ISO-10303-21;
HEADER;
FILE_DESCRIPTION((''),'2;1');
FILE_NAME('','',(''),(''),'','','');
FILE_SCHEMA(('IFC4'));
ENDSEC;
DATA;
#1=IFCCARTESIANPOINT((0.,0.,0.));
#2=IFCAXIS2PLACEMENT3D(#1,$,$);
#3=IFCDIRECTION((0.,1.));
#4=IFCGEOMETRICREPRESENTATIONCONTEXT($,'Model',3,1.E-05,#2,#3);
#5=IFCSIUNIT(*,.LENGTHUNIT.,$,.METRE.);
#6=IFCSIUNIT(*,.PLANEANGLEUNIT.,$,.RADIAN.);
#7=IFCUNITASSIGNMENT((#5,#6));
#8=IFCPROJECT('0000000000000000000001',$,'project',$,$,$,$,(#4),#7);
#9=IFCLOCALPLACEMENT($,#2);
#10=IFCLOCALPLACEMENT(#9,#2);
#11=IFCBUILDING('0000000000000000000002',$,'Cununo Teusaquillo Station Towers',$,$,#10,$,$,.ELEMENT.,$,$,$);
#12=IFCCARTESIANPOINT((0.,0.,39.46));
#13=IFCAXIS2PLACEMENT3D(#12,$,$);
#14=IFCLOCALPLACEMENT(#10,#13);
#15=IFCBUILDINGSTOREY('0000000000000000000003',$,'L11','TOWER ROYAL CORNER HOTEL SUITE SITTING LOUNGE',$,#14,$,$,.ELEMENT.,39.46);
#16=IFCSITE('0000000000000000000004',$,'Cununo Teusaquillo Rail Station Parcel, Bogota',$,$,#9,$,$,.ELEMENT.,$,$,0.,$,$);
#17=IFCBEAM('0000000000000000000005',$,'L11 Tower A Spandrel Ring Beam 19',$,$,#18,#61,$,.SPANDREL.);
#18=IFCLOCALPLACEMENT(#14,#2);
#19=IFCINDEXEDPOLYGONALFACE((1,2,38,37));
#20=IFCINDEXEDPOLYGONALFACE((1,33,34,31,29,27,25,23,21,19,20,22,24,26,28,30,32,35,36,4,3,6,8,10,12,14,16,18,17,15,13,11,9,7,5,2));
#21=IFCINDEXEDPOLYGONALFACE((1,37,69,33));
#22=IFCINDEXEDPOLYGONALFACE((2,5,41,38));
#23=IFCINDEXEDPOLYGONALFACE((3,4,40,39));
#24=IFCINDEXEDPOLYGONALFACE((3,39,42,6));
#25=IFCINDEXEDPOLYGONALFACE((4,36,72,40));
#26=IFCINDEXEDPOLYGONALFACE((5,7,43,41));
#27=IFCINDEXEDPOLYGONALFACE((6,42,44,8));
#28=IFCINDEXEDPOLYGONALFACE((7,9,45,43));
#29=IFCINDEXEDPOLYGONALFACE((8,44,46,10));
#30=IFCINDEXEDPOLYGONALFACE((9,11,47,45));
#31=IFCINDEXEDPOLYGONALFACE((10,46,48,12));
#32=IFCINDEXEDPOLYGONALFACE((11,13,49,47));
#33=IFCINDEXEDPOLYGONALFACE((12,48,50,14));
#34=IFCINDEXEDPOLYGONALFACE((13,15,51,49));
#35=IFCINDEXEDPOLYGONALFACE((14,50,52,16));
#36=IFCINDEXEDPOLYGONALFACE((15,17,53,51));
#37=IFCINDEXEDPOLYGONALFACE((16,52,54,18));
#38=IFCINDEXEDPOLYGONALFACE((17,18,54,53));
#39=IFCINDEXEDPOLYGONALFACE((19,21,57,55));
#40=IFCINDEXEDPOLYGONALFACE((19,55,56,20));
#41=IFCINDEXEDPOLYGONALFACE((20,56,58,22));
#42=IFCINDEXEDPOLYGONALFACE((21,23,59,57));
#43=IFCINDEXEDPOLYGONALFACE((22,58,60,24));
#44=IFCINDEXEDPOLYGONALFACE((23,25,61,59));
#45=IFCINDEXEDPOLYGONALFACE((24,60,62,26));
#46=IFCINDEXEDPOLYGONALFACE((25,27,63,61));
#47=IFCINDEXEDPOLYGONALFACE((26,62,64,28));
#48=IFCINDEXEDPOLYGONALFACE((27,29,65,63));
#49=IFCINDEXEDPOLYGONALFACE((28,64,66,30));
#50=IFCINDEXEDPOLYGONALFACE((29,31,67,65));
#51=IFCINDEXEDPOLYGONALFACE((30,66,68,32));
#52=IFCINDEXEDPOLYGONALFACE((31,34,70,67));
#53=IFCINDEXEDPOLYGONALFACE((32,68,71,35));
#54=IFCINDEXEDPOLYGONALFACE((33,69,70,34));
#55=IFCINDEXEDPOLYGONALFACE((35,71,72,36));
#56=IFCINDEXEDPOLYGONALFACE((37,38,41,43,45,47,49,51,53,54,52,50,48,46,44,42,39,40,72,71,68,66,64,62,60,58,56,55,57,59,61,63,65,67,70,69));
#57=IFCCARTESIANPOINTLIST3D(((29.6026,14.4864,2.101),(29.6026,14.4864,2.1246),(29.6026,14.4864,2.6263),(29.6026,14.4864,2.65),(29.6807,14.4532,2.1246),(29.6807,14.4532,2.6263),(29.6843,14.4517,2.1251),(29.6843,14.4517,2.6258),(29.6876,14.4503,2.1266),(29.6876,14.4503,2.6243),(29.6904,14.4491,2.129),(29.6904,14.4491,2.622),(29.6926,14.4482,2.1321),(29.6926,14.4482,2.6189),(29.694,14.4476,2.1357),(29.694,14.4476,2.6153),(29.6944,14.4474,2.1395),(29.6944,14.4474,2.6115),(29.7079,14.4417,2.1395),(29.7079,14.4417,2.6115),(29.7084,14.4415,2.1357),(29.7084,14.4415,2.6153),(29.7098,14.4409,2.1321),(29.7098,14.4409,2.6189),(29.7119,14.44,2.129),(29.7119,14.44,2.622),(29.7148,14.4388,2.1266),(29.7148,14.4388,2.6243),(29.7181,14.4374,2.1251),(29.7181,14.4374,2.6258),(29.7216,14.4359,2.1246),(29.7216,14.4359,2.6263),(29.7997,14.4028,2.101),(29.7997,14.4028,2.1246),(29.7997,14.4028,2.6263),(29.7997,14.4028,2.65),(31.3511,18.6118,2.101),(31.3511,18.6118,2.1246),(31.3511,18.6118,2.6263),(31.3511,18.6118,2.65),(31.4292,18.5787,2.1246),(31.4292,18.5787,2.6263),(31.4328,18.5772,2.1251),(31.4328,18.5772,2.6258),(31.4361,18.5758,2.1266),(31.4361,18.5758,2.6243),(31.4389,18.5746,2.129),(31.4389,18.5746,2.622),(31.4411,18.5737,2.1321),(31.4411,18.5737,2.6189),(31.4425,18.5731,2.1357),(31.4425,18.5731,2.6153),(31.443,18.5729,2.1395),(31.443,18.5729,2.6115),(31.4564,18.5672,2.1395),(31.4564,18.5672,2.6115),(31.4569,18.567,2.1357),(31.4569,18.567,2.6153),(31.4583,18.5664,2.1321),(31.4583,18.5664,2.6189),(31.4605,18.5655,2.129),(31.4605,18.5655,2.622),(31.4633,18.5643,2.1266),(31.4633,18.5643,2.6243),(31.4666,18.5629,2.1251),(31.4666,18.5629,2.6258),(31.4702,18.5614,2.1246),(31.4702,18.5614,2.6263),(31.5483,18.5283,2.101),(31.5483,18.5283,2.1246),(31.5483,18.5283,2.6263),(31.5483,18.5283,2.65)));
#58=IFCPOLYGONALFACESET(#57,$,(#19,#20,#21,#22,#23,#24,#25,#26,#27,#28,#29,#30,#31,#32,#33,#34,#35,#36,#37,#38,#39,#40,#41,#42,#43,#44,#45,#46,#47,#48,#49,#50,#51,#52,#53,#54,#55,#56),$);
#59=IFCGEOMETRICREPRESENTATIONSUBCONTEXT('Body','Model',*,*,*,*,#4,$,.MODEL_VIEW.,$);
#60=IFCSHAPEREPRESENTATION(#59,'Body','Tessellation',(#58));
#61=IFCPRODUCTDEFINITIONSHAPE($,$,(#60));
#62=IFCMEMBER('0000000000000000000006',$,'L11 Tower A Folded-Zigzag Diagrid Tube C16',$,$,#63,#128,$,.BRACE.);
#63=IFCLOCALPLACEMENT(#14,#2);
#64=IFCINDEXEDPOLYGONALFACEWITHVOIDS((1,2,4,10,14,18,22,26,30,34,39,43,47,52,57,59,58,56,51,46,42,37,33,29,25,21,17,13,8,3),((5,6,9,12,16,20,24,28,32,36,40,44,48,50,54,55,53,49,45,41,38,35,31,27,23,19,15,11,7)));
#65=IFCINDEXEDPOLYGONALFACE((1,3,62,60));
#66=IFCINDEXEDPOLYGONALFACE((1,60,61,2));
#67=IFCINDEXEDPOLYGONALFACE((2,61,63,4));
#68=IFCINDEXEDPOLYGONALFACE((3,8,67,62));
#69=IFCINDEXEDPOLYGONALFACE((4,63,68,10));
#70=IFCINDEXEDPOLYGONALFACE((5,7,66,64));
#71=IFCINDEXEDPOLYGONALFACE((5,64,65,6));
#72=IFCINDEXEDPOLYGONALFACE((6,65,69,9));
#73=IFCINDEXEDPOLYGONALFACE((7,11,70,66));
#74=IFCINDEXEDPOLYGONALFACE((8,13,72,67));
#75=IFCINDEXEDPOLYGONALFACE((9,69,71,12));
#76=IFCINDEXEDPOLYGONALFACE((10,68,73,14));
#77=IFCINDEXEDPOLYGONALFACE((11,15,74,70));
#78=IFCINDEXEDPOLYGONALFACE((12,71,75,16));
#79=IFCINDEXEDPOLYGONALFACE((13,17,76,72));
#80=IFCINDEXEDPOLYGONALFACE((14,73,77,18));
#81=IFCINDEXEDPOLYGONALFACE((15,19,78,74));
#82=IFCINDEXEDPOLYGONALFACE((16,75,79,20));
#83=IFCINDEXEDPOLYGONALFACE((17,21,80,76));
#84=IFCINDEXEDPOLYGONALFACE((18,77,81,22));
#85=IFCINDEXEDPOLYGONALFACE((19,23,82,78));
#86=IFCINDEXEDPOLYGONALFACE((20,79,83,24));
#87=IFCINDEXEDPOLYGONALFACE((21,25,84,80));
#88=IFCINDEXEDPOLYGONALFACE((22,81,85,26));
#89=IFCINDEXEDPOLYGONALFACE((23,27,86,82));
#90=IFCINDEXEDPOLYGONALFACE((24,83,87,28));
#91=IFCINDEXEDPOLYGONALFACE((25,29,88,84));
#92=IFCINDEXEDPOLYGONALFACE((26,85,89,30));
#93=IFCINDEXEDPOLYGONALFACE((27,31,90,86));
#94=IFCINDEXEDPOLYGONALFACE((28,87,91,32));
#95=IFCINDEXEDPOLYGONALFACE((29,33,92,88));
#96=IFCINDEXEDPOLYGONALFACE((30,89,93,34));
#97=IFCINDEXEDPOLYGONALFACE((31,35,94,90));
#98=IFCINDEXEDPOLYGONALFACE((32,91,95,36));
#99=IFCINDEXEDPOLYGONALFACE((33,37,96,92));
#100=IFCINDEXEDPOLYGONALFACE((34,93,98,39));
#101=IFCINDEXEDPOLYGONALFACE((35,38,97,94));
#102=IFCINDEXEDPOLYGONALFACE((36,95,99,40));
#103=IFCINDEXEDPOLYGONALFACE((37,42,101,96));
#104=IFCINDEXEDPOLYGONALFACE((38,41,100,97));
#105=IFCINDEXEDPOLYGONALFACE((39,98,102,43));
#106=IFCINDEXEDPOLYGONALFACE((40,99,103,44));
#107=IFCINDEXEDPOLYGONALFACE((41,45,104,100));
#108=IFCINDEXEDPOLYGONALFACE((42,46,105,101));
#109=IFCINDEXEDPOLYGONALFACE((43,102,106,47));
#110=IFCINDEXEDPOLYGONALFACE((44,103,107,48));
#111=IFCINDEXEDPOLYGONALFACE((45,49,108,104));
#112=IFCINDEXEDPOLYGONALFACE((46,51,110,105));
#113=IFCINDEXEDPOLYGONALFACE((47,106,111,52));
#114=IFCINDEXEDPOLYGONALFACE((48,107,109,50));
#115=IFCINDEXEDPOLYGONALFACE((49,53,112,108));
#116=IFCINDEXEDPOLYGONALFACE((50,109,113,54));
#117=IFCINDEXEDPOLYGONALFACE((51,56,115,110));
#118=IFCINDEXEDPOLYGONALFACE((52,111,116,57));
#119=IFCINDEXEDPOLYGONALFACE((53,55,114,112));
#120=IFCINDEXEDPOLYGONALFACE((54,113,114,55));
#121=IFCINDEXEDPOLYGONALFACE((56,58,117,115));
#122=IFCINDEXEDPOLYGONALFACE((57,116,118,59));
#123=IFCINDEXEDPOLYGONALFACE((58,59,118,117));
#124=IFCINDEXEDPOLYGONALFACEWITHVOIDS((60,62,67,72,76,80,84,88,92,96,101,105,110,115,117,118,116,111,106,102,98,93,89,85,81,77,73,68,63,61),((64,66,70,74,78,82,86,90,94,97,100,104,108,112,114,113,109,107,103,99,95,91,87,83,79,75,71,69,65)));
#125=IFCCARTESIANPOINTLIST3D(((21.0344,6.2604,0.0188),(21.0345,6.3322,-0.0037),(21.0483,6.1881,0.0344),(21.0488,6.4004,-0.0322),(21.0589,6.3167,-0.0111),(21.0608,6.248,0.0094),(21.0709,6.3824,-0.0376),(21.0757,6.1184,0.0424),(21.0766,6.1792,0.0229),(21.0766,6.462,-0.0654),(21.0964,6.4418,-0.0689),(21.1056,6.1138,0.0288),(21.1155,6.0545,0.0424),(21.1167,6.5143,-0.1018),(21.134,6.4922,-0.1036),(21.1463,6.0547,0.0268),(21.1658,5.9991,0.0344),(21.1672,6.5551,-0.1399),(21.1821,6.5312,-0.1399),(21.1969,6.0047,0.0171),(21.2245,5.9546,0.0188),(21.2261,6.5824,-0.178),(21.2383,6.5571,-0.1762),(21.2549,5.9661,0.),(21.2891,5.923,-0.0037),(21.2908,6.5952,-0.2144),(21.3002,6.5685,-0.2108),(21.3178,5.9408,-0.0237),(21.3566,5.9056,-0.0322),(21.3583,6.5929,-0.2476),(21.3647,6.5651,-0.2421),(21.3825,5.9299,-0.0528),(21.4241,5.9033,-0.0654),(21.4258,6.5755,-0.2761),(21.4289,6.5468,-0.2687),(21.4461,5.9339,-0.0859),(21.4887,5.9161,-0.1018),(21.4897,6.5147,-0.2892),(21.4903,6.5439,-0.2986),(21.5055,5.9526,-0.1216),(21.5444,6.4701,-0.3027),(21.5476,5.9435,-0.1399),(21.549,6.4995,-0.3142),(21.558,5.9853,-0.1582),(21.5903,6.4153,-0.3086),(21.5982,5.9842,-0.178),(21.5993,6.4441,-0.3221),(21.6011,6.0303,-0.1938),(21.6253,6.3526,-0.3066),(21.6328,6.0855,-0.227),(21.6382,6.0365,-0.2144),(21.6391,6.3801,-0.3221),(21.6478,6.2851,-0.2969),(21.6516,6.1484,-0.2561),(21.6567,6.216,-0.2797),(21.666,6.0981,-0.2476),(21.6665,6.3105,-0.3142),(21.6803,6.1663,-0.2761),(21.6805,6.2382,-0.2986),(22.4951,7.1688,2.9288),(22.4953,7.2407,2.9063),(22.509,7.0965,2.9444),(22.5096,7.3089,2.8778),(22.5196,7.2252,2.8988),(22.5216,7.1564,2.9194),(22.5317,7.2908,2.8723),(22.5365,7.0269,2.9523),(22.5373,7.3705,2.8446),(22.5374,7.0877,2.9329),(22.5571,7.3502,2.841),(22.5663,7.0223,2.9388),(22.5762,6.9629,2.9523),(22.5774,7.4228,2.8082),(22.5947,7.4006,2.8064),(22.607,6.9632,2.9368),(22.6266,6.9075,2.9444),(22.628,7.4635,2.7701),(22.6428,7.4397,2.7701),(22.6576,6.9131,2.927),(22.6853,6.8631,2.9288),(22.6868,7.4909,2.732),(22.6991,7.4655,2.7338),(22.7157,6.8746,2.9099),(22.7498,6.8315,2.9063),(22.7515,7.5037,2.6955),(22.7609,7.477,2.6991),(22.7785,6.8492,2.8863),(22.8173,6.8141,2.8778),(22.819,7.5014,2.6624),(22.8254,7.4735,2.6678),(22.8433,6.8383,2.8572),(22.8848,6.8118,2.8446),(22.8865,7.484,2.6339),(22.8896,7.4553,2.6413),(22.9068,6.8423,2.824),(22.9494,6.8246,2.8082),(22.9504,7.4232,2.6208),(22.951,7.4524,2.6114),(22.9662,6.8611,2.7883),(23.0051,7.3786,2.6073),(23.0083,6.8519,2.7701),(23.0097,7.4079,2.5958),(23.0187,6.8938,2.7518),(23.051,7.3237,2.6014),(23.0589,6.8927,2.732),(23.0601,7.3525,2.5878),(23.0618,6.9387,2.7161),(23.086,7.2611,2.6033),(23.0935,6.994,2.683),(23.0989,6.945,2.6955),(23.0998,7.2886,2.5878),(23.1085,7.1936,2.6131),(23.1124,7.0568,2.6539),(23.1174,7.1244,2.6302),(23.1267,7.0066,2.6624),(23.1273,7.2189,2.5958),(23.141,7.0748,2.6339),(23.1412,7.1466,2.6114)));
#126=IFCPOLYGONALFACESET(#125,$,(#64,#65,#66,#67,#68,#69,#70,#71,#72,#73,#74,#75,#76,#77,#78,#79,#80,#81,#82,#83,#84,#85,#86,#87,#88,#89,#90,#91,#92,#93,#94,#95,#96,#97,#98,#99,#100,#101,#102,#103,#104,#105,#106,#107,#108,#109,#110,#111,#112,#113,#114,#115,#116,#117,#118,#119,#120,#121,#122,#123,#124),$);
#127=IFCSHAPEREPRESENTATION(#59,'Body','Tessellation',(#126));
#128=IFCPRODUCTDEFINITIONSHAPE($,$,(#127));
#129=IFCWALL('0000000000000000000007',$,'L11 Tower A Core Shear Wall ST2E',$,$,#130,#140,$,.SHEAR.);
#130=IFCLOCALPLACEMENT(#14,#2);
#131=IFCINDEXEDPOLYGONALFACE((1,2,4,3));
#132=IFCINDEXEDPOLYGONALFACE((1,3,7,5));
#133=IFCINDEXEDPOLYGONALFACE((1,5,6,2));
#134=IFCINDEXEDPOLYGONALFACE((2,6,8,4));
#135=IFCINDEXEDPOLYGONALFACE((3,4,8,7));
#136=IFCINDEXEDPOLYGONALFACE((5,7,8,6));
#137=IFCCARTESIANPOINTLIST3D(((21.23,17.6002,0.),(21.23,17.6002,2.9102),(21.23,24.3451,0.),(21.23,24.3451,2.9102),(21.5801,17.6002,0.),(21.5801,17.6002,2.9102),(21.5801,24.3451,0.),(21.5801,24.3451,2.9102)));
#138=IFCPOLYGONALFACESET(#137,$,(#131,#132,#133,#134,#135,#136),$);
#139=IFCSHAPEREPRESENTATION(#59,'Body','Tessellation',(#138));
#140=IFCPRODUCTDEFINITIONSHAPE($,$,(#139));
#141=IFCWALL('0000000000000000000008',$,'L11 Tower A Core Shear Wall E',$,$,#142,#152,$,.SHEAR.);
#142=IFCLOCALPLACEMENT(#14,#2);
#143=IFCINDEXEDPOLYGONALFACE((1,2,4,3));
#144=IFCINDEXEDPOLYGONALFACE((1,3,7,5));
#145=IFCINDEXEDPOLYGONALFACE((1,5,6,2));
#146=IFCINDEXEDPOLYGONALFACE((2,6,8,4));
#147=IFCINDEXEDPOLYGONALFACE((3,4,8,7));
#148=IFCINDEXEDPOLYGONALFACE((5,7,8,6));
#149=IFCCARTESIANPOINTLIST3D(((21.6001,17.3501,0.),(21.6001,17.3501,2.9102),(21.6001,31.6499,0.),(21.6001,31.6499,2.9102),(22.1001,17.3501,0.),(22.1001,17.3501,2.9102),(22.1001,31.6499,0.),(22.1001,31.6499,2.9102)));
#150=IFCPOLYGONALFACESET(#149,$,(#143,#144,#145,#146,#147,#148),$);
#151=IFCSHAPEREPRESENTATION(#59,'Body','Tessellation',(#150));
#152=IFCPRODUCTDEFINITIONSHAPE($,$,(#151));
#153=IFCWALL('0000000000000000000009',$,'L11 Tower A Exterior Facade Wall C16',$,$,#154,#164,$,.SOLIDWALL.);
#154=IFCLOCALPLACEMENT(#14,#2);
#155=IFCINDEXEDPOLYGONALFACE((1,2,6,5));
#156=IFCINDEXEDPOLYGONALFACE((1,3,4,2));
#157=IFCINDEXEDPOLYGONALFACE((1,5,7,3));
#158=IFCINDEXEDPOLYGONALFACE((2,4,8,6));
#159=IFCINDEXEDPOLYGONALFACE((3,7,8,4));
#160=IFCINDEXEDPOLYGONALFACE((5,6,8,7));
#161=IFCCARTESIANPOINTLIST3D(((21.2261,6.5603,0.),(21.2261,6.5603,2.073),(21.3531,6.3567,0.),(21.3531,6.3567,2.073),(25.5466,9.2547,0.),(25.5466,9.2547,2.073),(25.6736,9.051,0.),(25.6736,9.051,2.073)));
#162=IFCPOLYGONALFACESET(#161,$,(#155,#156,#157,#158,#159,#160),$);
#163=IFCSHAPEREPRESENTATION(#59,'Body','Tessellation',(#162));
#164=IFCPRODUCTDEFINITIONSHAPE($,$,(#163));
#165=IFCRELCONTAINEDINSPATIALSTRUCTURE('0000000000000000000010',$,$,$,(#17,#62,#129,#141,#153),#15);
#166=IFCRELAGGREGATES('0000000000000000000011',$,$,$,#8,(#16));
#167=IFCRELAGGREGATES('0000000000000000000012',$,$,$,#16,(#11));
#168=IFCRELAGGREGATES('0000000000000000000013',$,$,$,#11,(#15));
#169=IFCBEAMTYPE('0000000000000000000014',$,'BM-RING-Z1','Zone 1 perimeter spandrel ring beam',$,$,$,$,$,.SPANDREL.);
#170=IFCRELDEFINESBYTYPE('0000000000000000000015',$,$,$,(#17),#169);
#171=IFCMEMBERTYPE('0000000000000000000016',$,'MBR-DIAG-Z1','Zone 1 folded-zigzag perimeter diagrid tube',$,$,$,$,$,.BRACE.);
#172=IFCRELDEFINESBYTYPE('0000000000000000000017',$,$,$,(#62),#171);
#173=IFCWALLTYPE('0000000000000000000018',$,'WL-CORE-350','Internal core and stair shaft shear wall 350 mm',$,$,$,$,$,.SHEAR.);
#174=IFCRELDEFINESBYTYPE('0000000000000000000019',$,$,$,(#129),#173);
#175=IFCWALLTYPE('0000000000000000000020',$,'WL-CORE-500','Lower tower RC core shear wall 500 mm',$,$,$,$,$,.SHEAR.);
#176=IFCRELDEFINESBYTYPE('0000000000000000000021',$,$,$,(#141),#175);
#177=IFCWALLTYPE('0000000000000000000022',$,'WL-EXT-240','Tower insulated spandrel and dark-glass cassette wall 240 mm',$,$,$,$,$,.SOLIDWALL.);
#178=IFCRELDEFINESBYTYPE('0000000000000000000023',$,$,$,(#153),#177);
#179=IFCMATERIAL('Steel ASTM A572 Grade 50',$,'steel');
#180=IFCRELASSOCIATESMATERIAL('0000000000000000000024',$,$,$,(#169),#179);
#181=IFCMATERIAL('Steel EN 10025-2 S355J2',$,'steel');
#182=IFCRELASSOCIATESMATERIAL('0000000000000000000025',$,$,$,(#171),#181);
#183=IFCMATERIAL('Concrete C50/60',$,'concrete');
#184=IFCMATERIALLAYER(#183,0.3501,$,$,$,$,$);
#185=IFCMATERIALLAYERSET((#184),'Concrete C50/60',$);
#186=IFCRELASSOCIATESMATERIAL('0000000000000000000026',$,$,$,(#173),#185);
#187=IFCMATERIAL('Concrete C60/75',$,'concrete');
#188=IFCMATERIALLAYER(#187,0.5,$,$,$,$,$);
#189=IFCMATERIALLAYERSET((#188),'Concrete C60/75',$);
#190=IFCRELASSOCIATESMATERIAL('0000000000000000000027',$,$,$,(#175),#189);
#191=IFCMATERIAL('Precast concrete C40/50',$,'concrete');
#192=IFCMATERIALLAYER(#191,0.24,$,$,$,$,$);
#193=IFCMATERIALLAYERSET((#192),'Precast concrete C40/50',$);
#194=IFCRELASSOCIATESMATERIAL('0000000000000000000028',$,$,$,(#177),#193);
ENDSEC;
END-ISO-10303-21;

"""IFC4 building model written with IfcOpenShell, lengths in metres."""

from ifc_helpers import new_model, si_unit, direction, frame, frame_2d, origin, origin_2d, place, context, subcontext, project, spatial, rectangle, hollow_circle, i_section, extrude, material, layer, layer_set, material_profile, profile_set, type_object, element, save


model = new_model("IFC4")

# Units and contexts
model_context = context("Model", 3, precision=1e-05, world=origin(), true_north=direction((0.0, 1.0)))
body_context = subcontext(model_context, "Body", "Model", "MODEL_VIEW")
ifc_project = project(units=[si_unit("LENGTHUNIT", "METRE"), si_unit("PLANEANGLEUNIT", "RADIAN")], contexts=[model_context])

# Site, building, storey
site_placement = place(None, origin())
site = spatial("IfcSite", under=ifc_project, at=site_placement, Name="Cununo Teusaquillo Rail Station Parcel, Bogota", CompositionType="ELEMENT", RefElevation=0.0)
building_placement = place(site_placement, origin())
building = spatial("IfcBuilding", under=site, at=building_placement, Name="Cununo Teusaquillo Station Towers", CompositionType="ELEMENT")
storey_placement = place(building_placement, frame((0.0, 0.0, 39.46)))
storey = spatial("IfcBuildingStorey", under=building, at=storey_placement, Name="L11", Description="TOWER ROYAL CORNER HOTEL SUITE SITTING LOUNGE", CompositionType="ELEMENT", Elevation=39.46)

# Beam
ifc_material_1 = material(Name="Steel ASTM A572 Grade 50", Category="steel")
ifc_material_profile_1 = material_profile(ifc_material_1, i_section(OverallWidth=0.2141, OverallDepth=0.5491, WebThickness=0.0146, FlangeThickness=0.0237, FilletRadius=0.0149, at=origin_2d()), Name="W21X93")
ifc_profile_set_1 = profile_set([ifc_material_profile_1], Name="Steel ASTM A572 Grade 50")
beam_type = type_object("IfcBeamType", Name="BM-RING-Z1", Description="Zone 1 perimeter spandrel ring beam", PredefinedType="SPANDREL", material=ifc_profile_set_1)
beam_1_placement = place(storey_placement, frame((29.7012, 14.4446, 2.3755), z_axis=(0.390234, 0.920716, 0.0), x_axis=(-0.920716, 0.390234, 0.0)))
element("IfcBeam", 1, at=beam_1_placement, inside=storey, type_object=beam_type, Name="L11 Tower A Spandrel Ring Beam 19", PredefinedType="SPANDREL", context=body_context, shape_type="SweptSolid", body=[
    extrude(i_section(OverallWidth=0.2141, OverallDepth=0.5491, WebThickness=0.0146, FlangeThickness=0.0237, FilletRadius=0.0149, at=origin_2d()), origin(), (0.0, 0.0, 1.0), 4.4807),
])

# Member
ifc_material_2 = material(Name="Steel EN 10025-2 S355J2", Category="steel")
ifc_material_profile_2 = material_profile(ifc_material_2, hollow_circle(Radius=0.3601, WallThickness=0.0281, at=origin_2d()), Name="CHS 720x28")
ifc_profile_set_2 = profile_set([ifc_material_profile_2], Name="Steel EN 10025-2 S355J2")
member_type = type_object("IfcMemberType", Name="MBR-DIAG-Z1", Description="Zone 1 folded-zigzag perimeter diagrid tube", PredefinedType="BRACE", material=ifc_profile_set_2)
member_placement = place(storey_placement, frame((21.3574, 6.2493, -0.1399), z_axis=(0.432118, 0.268747, 0.860842), x_axis=(-0.528122, 0.849168, 0.0)))
element("IfcMember", 2, at=member_placement, inside=storey, type_object=member_type, Name="L11 Tower A Folded-Zigzag Diagrid Tube C16", PredefinedType="BRACE", context=body_context, shape_type="SweptSolid", body=[
    extrude(hollow_circle(Radius=0.3601, WallThickness=0.0281, at=origin_2d()), origin(), (0.0, 0.0, 1.0), 3.3804),
])

# Walls
ifc_material_3 = material(Name="Concrete C50/60", Category="concrete")
ifc_layer_1 = layer(ifc_material_3, 0.3501)
ifc_layer_set_1 = layer_set([ifc_layer_1], Name="Concrete C50/60")
wall_type_1 = type_object("IfcWallType", Name="WL-CORE-350", Description="Internal core and stair shaft shear wall 350 mm", PredefinedType="SHEAR", material=ifc_layer_set_1)
wall_1_placement = place(storey_placement, frame((21.405, 17.6001, 0.0), z_axis=(0.0, 0.0, 1.0), x_axis=(0.0, 1.0, 0.0)))
element("IfcWall", 3, at=wall_1_placement, inside=storey, type_object=wall_type_1, Name="L11 Tower A Core Shear Wall ST2E", PredefinedType="SHEAR", context=body_context, shape_type="SweptSolid", body=[
    extrude(rectangle(XDim=6.7449, YDim=0.3501, at=frame_2d((3.3726, 0.0))), origin(), (0.0, 0.0, 1.0), 2.9102),
])
ifc_material_4 = material(Name="Concrete C60/75", Category="concrete")
ifc_layer_2 = layer(ifc_material_4, 0.5)
ifc_layer_set_2 = layer_set([ifc_layer_2], Name="Concrete C60/75")
wall_type_2 = type_object("IfcWallType", Name="WL-CORE-500", Description="Lower tower RC core shear wall 500 mm", PredefinedType="SHEAR", material=ifc_layer_set_2)
wall_2_placement = place(storey_placement, frame((21.8501, 17.3501, 0.0), z_axis=(0.0, 0.0, 1.0), x_axis=(0.0, 1.0, 0.0)))
element("IfcWall", 4, at=wall_2_placement, inside=storey, type_object=wall_type_2, Name="L11 Tower A Core Shear Wall E", PredefinedType="SHEAR", context=body_context, shape_type="SweptSolid", body=[
    extrude(rectangle(XDim=14.2998, YDim=0.5, at=frame_2d((7.1499, 0.0))), origin(), (0.0, 0.0, 1.0), 2.9102),
])
ifc_material_5 = material(Name="Precast concrete C40/50", Category="concrete")
ifc_layer_3 = layer(ifc_material_5, 0.24)
ifc_layer_set_3 = layer_set([ifc_layer_3], Name="Precast concrete C40/50")
wall_type_3 = type_object("IfcWallType", Name="WL-EXT-240", Description="Tower insulated spandrel and dark-glass cassette wall 240 mm", PredefinedType="SOLIDWALL", material=ifc_layer_set_3)
wall_3_placement = place(storey_placement, frame((25.6101, 9.1528, 0.0), z_axis=(0.0, 0.0, 1.0), x_axis=(-0.848529, -0.52915, 0.0)))
element("IfcWall", 5, at=wall_3_placement, inside=storey, type_object=wall_type_3, Name="L11 Tower A Exterior Facade Wall C16", PredefinedType="SOLIDWALL", context=body_context, shape_type="SweptSolid", body=[
    extrude(rectangle(XDim=5.0918, YDim=0.24, at=frame_2d((2.5459, 0.0))), origin(), (0.0, 0.0, 1.0), 2.073),
])

save(model, "model.ifc")
